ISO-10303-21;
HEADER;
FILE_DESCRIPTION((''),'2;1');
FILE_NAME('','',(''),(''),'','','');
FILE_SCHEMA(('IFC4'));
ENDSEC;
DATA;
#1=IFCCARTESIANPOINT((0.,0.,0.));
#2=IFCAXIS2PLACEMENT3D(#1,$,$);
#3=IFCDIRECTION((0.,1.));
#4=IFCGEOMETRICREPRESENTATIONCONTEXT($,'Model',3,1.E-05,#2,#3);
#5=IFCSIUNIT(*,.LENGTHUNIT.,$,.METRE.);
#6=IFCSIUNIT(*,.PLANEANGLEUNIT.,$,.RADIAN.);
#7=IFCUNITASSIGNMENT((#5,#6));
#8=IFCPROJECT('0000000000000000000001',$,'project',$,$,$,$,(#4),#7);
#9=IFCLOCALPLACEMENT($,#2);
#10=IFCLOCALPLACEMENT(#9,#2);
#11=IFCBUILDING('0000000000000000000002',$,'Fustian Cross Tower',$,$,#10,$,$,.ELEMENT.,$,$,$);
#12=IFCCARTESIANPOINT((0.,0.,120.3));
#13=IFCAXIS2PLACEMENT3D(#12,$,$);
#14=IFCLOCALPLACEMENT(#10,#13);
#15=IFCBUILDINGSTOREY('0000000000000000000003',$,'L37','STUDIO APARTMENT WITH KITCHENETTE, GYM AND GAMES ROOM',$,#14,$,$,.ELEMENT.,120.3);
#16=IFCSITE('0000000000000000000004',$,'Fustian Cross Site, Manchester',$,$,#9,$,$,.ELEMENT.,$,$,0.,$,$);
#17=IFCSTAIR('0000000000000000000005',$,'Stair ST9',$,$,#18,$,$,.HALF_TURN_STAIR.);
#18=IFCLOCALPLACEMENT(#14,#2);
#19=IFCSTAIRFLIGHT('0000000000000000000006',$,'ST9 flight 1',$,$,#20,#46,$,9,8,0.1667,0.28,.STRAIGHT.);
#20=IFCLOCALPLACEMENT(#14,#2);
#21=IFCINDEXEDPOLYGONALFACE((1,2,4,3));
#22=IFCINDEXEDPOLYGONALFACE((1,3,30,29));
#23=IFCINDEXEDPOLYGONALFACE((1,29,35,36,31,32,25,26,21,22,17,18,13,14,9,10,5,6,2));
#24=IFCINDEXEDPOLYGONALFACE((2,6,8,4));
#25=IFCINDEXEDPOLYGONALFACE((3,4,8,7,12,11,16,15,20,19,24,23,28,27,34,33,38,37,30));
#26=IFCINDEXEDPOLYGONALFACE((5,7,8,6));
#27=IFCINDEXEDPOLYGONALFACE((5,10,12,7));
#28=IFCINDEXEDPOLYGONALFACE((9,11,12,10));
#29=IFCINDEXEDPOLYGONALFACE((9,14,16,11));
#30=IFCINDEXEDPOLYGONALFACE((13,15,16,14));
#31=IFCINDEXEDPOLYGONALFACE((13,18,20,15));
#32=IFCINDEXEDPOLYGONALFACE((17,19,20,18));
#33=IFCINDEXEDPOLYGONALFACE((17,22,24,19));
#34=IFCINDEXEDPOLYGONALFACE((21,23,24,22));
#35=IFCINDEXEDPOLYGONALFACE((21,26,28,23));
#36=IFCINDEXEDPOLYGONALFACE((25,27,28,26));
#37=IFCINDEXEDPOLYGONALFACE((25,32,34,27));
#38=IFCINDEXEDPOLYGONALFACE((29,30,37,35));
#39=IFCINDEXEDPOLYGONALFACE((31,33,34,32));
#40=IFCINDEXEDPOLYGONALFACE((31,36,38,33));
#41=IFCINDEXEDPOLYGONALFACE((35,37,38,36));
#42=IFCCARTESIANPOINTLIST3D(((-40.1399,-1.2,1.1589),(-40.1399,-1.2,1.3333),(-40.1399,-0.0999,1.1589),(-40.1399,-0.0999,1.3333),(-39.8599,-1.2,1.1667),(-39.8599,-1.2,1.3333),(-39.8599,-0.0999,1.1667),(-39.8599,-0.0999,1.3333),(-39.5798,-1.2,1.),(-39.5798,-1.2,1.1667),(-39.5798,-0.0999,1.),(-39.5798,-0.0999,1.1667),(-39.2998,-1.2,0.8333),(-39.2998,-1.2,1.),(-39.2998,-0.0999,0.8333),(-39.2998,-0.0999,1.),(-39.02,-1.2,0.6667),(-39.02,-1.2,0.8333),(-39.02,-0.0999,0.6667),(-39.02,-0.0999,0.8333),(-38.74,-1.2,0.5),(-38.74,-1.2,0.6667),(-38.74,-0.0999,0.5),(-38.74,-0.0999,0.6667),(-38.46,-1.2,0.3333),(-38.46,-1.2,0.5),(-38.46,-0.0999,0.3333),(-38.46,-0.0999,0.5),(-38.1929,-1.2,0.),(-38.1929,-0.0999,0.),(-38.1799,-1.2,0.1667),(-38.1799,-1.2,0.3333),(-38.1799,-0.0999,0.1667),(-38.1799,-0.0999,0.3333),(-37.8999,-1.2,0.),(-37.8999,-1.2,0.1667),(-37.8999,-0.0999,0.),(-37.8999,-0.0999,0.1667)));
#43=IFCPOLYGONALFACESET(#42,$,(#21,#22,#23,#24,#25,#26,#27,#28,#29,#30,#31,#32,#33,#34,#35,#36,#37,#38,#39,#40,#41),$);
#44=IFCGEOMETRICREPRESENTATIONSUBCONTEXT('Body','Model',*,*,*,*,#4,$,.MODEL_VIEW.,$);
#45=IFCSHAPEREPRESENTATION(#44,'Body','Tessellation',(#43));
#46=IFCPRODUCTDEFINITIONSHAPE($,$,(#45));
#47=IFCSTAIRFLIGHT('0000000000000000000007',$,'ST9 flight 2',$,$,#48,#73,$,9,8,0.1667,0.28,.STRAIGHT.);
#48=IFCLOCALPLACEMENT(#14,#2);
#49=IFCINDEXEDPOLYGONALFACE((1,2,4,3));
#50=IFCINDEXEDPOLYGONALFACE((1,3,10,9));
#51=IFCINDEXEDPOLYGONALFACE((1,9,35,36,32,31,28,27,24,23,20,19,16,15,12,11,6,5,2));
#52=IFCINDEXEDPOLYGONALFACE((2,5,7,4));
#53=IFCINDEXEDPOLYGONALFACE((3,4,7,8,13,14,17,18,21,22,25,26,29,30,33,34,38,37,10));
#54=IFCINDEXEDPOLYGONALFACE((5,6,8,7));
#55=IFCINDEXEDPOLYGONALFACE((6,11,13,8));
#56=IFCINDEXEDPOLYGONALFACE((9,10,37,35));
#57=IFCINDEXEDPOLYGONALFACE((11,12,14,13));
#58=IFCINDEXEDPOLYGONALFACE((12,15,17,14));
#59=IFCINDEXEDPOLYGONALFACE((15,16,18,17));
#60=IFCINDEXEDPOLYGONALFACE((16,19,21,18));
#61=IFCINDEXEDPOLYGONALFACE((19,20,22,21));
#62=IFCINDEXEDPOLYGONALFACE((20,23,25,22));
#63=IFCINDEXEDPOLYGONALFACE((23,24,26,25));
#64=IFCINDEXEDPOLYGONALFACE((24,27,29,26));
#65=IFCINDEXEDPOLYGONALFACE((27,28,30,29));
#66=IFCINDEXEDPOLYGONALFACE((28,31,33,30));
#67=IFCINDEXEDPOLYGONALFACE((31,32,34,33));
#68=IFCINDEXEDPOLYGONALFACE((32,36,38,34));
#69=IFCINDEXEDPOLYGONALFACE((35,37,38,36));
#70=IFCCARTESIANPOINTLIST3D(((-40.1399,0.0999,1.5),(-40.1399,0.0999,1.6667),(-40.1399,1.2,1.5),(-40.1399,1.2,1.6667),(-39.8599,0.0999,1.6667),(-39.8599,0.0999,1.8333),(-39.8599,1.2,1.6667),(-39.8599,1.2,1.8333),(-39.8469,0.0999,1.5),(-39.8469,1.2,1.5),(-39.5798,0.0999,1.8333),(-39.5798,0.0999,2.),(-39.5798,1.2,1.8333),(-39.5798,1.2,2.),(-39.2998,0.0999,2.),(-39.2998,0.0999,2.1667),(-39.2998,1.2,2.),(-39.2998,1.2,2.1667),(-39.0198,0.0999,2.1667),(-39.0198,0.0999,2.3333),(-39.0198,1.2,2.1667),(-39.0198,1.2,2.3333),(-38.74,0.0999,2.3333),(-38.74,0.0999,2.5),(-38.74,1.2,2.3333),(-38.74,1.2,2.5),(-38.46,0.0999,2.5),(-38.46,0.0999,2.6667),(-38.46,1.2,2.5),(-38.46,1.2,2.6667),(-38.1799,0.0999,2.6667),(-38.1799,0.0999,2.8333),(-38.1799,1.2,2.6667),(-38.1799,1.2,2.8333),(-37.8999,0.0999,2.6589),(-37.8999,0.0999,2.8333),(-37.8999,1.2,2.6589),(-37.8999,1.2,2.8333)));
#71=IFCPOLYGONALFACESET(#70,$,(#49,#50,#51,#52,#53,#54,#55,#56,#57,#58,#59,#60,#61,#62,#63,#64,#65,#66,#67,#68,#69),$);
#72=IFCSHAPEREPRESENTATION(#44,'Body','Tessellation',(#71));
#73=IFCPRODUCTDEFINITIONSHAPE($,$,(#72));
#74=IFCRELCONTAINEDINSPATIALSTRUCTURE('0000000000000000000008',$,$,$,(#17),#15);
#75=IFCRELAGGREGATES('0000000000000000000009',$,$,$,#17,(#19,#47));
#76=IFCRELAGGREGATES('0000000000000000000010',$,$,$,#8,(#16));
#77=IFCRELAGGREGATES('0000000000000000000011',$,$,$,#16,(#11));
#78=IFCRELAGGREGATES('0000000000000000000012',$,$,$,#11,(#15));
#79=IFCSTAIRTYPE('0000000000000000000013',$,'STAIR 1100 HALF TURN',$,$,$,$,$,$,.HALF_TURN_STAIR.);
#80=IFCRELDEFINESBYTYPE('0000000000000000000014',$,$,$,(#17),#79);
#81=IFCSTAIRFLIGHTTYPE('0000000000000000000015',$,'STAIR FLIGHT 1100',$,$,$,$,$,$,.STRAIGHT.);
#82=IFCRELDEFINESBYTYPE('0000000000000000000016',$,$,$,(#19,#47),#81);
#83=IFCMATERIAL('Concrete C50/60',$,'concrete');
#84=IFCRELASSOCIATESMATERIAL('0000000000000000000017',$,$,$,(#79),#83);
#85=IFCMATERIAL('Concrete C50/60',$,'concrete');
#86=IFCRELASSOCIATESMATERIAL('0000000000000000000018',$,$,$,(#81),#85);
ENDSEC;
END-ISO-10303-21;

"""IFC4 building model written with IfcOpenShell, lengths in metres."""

from ifc_helpers import new_model, si_unit, direction, frame, origin, place, context, subcontext, project, spatial, polyline, outline, extrude, material, type_object, element, aggregate, save


model = new_model("IFC4")

# Units and contexts
model_context = context("Model", 3, precision=1e-05, world=origin(), true_north=direction((0.0, 1.0)))
body_context = subcontext(model_context, "Body", "Model", "MODEL_VIEW")
ifc_project = project(units=[si_unit("LENGTHUNIT", "METRE"), si_unit("PLANEANGLEUNIT", "RADIAN")], contexts=[model_context])

# Site, building, storey
site_placement = place(None, origin())
site = spatial("IfcSite", under=ifc_project, at=site_placement, Name="Fustian Cross Site, Manchester", CompositionType="ELEMENT", RefElevation=0.0)
building_placement = place(site_placement, origin())
building = spatial("IfcBuilding", under=site, at=building_placement, Name="Fustian Cross Tower", CompositionType="ELEMENT")
storey_placement = place(building_placement, frame((0.0, 0.0, 120.3)))
storey = spatial("IfcBuildingStorey", under=building, at=storey_placement, Name="L37", Description="STUDIO APARTMENT WITH KITCHENETTE, GYM AND GAMES ROOM", CompositionType="ELEMENT", Elevation=120.3)

# Stair, stair flights
ifc_material_1 = material(Name="Concrete C50/60", Category="concrete")
stair_type = type_object("IfcStairType", Name="STAIR 1100 HALF TURN", PredefinedType="HALF_TURN_STAIR", material=ifc_material_1)
stair_placement = place(storey_placement, origin())
stair = element("IfcStair", 1, at=stair_placement, inside=storey, type_object=stair_type, Name="Stair ST9", PredefinedType="HALF_TURN_STAIR")
ifc_material_2 = material(Name="Concrete C50/60", Category="concrete")
stair_flight_type = type_object("IfcStairFlightType", Name="STAIR FLIGHT 1100", PredefinedType="STRAIGHT", material=ifc_material_2)
stair_flight_1_placement = place(storey_placement, frame((-37.8999, -0.6499, 0.0), z_axis=(0.0, 0.0, 1.0), x_axis=(-1.0, 0.0, 0.0)))
stair_flight_1 = element("IfcStairFlight", 2, at=stair_flight_1_placement, type_object=stair_flight_type, Name="ST9 flight 1", NumberOfRisers=9, NumberOfTreads=8, PredefinedType="STRAIGHT", RiserHeight=0.1667, TreadLength=0.28, context=body_context, shape_type="SweptSolid", body=[
    extrude(outline(polyline([(0.0, 0.0), (0.0, 0.1667), (0.28, 0.1667), (0.28, 0.3333), (0.5601, 0.3333), (0.5601, 0.5), (0.8401, 0.5), (0.8401, 0.6667), (1.1201, 0.6667), (1.1201, 0.8333), (1.3999, 0.8333), (1.3999, 1.0), (1.6799, 1.0), (1.6799, 1.1667), (1.96, 1.1667), (1.96, 1.3333), (2.24, 1.3333), (2.24, 1.5), (2.24, 1.1589), (0.293, 0.0), (0.0, 0.0)])), frame((0.0, 0.55, 0.0), z_axis=(0.0, -1.0, 0.0), x_axis=(1.0, 0.0, 0.0)), (0.0, 0.0, 1.0), 1.1001),
])
stair_flight_2_placement = place(storey_placement, frame((-40.1399, 0.6499, 1.5), z_axis=(0.0, 0.0, 1.0), x_axis=(1.0, 0.0, 0.0)))
stair_flight_2 = element("IfcStairFlight", 3, at=stair_flight_2_placement, type_object=stair_flight_type, Name="ST9 flight 2", NumberOfRisers=9, NumberOfTreads=8, PredefinedType="STRAIGHT", RiserHeight=0.1667, TreadLength=0.28, context=body_context, shape_type="SweptSolid", body=[
    extrude(outline(polyline([(0.0, 0.0), (0.0, 0.1667), (0.28, 0.1667), (0.28, 0.3333), (0.5601, 0.3333), (0.5601, 0.5), (0.8401, 0.5), (0.8401, 0.6667), (1.1201, 0.6667), (1.1201, 0.8333), (1.3999, 0.8333), (1.3999, 1.0), (1.6799, 1.0), (1.6799, 1.1667), (1.96, 1.1667), (1.96, 1.3333), (2.24, 1.3333), (2.24, 1.5), (2.24, 1.1589), (0.293, 0.0), (0.0, 0.0)])), frame((0.0, 0.55, 0.0), z_axis=(0.0, -1.0, 0.0), x_axis=(1.0, 0.0, 0.0)), (0.0, 0.0, 1.0), 1.1001),
])
aggregate(stair, [stair_flight_1, stair_flight_2])

save(model, "model.ifc")
